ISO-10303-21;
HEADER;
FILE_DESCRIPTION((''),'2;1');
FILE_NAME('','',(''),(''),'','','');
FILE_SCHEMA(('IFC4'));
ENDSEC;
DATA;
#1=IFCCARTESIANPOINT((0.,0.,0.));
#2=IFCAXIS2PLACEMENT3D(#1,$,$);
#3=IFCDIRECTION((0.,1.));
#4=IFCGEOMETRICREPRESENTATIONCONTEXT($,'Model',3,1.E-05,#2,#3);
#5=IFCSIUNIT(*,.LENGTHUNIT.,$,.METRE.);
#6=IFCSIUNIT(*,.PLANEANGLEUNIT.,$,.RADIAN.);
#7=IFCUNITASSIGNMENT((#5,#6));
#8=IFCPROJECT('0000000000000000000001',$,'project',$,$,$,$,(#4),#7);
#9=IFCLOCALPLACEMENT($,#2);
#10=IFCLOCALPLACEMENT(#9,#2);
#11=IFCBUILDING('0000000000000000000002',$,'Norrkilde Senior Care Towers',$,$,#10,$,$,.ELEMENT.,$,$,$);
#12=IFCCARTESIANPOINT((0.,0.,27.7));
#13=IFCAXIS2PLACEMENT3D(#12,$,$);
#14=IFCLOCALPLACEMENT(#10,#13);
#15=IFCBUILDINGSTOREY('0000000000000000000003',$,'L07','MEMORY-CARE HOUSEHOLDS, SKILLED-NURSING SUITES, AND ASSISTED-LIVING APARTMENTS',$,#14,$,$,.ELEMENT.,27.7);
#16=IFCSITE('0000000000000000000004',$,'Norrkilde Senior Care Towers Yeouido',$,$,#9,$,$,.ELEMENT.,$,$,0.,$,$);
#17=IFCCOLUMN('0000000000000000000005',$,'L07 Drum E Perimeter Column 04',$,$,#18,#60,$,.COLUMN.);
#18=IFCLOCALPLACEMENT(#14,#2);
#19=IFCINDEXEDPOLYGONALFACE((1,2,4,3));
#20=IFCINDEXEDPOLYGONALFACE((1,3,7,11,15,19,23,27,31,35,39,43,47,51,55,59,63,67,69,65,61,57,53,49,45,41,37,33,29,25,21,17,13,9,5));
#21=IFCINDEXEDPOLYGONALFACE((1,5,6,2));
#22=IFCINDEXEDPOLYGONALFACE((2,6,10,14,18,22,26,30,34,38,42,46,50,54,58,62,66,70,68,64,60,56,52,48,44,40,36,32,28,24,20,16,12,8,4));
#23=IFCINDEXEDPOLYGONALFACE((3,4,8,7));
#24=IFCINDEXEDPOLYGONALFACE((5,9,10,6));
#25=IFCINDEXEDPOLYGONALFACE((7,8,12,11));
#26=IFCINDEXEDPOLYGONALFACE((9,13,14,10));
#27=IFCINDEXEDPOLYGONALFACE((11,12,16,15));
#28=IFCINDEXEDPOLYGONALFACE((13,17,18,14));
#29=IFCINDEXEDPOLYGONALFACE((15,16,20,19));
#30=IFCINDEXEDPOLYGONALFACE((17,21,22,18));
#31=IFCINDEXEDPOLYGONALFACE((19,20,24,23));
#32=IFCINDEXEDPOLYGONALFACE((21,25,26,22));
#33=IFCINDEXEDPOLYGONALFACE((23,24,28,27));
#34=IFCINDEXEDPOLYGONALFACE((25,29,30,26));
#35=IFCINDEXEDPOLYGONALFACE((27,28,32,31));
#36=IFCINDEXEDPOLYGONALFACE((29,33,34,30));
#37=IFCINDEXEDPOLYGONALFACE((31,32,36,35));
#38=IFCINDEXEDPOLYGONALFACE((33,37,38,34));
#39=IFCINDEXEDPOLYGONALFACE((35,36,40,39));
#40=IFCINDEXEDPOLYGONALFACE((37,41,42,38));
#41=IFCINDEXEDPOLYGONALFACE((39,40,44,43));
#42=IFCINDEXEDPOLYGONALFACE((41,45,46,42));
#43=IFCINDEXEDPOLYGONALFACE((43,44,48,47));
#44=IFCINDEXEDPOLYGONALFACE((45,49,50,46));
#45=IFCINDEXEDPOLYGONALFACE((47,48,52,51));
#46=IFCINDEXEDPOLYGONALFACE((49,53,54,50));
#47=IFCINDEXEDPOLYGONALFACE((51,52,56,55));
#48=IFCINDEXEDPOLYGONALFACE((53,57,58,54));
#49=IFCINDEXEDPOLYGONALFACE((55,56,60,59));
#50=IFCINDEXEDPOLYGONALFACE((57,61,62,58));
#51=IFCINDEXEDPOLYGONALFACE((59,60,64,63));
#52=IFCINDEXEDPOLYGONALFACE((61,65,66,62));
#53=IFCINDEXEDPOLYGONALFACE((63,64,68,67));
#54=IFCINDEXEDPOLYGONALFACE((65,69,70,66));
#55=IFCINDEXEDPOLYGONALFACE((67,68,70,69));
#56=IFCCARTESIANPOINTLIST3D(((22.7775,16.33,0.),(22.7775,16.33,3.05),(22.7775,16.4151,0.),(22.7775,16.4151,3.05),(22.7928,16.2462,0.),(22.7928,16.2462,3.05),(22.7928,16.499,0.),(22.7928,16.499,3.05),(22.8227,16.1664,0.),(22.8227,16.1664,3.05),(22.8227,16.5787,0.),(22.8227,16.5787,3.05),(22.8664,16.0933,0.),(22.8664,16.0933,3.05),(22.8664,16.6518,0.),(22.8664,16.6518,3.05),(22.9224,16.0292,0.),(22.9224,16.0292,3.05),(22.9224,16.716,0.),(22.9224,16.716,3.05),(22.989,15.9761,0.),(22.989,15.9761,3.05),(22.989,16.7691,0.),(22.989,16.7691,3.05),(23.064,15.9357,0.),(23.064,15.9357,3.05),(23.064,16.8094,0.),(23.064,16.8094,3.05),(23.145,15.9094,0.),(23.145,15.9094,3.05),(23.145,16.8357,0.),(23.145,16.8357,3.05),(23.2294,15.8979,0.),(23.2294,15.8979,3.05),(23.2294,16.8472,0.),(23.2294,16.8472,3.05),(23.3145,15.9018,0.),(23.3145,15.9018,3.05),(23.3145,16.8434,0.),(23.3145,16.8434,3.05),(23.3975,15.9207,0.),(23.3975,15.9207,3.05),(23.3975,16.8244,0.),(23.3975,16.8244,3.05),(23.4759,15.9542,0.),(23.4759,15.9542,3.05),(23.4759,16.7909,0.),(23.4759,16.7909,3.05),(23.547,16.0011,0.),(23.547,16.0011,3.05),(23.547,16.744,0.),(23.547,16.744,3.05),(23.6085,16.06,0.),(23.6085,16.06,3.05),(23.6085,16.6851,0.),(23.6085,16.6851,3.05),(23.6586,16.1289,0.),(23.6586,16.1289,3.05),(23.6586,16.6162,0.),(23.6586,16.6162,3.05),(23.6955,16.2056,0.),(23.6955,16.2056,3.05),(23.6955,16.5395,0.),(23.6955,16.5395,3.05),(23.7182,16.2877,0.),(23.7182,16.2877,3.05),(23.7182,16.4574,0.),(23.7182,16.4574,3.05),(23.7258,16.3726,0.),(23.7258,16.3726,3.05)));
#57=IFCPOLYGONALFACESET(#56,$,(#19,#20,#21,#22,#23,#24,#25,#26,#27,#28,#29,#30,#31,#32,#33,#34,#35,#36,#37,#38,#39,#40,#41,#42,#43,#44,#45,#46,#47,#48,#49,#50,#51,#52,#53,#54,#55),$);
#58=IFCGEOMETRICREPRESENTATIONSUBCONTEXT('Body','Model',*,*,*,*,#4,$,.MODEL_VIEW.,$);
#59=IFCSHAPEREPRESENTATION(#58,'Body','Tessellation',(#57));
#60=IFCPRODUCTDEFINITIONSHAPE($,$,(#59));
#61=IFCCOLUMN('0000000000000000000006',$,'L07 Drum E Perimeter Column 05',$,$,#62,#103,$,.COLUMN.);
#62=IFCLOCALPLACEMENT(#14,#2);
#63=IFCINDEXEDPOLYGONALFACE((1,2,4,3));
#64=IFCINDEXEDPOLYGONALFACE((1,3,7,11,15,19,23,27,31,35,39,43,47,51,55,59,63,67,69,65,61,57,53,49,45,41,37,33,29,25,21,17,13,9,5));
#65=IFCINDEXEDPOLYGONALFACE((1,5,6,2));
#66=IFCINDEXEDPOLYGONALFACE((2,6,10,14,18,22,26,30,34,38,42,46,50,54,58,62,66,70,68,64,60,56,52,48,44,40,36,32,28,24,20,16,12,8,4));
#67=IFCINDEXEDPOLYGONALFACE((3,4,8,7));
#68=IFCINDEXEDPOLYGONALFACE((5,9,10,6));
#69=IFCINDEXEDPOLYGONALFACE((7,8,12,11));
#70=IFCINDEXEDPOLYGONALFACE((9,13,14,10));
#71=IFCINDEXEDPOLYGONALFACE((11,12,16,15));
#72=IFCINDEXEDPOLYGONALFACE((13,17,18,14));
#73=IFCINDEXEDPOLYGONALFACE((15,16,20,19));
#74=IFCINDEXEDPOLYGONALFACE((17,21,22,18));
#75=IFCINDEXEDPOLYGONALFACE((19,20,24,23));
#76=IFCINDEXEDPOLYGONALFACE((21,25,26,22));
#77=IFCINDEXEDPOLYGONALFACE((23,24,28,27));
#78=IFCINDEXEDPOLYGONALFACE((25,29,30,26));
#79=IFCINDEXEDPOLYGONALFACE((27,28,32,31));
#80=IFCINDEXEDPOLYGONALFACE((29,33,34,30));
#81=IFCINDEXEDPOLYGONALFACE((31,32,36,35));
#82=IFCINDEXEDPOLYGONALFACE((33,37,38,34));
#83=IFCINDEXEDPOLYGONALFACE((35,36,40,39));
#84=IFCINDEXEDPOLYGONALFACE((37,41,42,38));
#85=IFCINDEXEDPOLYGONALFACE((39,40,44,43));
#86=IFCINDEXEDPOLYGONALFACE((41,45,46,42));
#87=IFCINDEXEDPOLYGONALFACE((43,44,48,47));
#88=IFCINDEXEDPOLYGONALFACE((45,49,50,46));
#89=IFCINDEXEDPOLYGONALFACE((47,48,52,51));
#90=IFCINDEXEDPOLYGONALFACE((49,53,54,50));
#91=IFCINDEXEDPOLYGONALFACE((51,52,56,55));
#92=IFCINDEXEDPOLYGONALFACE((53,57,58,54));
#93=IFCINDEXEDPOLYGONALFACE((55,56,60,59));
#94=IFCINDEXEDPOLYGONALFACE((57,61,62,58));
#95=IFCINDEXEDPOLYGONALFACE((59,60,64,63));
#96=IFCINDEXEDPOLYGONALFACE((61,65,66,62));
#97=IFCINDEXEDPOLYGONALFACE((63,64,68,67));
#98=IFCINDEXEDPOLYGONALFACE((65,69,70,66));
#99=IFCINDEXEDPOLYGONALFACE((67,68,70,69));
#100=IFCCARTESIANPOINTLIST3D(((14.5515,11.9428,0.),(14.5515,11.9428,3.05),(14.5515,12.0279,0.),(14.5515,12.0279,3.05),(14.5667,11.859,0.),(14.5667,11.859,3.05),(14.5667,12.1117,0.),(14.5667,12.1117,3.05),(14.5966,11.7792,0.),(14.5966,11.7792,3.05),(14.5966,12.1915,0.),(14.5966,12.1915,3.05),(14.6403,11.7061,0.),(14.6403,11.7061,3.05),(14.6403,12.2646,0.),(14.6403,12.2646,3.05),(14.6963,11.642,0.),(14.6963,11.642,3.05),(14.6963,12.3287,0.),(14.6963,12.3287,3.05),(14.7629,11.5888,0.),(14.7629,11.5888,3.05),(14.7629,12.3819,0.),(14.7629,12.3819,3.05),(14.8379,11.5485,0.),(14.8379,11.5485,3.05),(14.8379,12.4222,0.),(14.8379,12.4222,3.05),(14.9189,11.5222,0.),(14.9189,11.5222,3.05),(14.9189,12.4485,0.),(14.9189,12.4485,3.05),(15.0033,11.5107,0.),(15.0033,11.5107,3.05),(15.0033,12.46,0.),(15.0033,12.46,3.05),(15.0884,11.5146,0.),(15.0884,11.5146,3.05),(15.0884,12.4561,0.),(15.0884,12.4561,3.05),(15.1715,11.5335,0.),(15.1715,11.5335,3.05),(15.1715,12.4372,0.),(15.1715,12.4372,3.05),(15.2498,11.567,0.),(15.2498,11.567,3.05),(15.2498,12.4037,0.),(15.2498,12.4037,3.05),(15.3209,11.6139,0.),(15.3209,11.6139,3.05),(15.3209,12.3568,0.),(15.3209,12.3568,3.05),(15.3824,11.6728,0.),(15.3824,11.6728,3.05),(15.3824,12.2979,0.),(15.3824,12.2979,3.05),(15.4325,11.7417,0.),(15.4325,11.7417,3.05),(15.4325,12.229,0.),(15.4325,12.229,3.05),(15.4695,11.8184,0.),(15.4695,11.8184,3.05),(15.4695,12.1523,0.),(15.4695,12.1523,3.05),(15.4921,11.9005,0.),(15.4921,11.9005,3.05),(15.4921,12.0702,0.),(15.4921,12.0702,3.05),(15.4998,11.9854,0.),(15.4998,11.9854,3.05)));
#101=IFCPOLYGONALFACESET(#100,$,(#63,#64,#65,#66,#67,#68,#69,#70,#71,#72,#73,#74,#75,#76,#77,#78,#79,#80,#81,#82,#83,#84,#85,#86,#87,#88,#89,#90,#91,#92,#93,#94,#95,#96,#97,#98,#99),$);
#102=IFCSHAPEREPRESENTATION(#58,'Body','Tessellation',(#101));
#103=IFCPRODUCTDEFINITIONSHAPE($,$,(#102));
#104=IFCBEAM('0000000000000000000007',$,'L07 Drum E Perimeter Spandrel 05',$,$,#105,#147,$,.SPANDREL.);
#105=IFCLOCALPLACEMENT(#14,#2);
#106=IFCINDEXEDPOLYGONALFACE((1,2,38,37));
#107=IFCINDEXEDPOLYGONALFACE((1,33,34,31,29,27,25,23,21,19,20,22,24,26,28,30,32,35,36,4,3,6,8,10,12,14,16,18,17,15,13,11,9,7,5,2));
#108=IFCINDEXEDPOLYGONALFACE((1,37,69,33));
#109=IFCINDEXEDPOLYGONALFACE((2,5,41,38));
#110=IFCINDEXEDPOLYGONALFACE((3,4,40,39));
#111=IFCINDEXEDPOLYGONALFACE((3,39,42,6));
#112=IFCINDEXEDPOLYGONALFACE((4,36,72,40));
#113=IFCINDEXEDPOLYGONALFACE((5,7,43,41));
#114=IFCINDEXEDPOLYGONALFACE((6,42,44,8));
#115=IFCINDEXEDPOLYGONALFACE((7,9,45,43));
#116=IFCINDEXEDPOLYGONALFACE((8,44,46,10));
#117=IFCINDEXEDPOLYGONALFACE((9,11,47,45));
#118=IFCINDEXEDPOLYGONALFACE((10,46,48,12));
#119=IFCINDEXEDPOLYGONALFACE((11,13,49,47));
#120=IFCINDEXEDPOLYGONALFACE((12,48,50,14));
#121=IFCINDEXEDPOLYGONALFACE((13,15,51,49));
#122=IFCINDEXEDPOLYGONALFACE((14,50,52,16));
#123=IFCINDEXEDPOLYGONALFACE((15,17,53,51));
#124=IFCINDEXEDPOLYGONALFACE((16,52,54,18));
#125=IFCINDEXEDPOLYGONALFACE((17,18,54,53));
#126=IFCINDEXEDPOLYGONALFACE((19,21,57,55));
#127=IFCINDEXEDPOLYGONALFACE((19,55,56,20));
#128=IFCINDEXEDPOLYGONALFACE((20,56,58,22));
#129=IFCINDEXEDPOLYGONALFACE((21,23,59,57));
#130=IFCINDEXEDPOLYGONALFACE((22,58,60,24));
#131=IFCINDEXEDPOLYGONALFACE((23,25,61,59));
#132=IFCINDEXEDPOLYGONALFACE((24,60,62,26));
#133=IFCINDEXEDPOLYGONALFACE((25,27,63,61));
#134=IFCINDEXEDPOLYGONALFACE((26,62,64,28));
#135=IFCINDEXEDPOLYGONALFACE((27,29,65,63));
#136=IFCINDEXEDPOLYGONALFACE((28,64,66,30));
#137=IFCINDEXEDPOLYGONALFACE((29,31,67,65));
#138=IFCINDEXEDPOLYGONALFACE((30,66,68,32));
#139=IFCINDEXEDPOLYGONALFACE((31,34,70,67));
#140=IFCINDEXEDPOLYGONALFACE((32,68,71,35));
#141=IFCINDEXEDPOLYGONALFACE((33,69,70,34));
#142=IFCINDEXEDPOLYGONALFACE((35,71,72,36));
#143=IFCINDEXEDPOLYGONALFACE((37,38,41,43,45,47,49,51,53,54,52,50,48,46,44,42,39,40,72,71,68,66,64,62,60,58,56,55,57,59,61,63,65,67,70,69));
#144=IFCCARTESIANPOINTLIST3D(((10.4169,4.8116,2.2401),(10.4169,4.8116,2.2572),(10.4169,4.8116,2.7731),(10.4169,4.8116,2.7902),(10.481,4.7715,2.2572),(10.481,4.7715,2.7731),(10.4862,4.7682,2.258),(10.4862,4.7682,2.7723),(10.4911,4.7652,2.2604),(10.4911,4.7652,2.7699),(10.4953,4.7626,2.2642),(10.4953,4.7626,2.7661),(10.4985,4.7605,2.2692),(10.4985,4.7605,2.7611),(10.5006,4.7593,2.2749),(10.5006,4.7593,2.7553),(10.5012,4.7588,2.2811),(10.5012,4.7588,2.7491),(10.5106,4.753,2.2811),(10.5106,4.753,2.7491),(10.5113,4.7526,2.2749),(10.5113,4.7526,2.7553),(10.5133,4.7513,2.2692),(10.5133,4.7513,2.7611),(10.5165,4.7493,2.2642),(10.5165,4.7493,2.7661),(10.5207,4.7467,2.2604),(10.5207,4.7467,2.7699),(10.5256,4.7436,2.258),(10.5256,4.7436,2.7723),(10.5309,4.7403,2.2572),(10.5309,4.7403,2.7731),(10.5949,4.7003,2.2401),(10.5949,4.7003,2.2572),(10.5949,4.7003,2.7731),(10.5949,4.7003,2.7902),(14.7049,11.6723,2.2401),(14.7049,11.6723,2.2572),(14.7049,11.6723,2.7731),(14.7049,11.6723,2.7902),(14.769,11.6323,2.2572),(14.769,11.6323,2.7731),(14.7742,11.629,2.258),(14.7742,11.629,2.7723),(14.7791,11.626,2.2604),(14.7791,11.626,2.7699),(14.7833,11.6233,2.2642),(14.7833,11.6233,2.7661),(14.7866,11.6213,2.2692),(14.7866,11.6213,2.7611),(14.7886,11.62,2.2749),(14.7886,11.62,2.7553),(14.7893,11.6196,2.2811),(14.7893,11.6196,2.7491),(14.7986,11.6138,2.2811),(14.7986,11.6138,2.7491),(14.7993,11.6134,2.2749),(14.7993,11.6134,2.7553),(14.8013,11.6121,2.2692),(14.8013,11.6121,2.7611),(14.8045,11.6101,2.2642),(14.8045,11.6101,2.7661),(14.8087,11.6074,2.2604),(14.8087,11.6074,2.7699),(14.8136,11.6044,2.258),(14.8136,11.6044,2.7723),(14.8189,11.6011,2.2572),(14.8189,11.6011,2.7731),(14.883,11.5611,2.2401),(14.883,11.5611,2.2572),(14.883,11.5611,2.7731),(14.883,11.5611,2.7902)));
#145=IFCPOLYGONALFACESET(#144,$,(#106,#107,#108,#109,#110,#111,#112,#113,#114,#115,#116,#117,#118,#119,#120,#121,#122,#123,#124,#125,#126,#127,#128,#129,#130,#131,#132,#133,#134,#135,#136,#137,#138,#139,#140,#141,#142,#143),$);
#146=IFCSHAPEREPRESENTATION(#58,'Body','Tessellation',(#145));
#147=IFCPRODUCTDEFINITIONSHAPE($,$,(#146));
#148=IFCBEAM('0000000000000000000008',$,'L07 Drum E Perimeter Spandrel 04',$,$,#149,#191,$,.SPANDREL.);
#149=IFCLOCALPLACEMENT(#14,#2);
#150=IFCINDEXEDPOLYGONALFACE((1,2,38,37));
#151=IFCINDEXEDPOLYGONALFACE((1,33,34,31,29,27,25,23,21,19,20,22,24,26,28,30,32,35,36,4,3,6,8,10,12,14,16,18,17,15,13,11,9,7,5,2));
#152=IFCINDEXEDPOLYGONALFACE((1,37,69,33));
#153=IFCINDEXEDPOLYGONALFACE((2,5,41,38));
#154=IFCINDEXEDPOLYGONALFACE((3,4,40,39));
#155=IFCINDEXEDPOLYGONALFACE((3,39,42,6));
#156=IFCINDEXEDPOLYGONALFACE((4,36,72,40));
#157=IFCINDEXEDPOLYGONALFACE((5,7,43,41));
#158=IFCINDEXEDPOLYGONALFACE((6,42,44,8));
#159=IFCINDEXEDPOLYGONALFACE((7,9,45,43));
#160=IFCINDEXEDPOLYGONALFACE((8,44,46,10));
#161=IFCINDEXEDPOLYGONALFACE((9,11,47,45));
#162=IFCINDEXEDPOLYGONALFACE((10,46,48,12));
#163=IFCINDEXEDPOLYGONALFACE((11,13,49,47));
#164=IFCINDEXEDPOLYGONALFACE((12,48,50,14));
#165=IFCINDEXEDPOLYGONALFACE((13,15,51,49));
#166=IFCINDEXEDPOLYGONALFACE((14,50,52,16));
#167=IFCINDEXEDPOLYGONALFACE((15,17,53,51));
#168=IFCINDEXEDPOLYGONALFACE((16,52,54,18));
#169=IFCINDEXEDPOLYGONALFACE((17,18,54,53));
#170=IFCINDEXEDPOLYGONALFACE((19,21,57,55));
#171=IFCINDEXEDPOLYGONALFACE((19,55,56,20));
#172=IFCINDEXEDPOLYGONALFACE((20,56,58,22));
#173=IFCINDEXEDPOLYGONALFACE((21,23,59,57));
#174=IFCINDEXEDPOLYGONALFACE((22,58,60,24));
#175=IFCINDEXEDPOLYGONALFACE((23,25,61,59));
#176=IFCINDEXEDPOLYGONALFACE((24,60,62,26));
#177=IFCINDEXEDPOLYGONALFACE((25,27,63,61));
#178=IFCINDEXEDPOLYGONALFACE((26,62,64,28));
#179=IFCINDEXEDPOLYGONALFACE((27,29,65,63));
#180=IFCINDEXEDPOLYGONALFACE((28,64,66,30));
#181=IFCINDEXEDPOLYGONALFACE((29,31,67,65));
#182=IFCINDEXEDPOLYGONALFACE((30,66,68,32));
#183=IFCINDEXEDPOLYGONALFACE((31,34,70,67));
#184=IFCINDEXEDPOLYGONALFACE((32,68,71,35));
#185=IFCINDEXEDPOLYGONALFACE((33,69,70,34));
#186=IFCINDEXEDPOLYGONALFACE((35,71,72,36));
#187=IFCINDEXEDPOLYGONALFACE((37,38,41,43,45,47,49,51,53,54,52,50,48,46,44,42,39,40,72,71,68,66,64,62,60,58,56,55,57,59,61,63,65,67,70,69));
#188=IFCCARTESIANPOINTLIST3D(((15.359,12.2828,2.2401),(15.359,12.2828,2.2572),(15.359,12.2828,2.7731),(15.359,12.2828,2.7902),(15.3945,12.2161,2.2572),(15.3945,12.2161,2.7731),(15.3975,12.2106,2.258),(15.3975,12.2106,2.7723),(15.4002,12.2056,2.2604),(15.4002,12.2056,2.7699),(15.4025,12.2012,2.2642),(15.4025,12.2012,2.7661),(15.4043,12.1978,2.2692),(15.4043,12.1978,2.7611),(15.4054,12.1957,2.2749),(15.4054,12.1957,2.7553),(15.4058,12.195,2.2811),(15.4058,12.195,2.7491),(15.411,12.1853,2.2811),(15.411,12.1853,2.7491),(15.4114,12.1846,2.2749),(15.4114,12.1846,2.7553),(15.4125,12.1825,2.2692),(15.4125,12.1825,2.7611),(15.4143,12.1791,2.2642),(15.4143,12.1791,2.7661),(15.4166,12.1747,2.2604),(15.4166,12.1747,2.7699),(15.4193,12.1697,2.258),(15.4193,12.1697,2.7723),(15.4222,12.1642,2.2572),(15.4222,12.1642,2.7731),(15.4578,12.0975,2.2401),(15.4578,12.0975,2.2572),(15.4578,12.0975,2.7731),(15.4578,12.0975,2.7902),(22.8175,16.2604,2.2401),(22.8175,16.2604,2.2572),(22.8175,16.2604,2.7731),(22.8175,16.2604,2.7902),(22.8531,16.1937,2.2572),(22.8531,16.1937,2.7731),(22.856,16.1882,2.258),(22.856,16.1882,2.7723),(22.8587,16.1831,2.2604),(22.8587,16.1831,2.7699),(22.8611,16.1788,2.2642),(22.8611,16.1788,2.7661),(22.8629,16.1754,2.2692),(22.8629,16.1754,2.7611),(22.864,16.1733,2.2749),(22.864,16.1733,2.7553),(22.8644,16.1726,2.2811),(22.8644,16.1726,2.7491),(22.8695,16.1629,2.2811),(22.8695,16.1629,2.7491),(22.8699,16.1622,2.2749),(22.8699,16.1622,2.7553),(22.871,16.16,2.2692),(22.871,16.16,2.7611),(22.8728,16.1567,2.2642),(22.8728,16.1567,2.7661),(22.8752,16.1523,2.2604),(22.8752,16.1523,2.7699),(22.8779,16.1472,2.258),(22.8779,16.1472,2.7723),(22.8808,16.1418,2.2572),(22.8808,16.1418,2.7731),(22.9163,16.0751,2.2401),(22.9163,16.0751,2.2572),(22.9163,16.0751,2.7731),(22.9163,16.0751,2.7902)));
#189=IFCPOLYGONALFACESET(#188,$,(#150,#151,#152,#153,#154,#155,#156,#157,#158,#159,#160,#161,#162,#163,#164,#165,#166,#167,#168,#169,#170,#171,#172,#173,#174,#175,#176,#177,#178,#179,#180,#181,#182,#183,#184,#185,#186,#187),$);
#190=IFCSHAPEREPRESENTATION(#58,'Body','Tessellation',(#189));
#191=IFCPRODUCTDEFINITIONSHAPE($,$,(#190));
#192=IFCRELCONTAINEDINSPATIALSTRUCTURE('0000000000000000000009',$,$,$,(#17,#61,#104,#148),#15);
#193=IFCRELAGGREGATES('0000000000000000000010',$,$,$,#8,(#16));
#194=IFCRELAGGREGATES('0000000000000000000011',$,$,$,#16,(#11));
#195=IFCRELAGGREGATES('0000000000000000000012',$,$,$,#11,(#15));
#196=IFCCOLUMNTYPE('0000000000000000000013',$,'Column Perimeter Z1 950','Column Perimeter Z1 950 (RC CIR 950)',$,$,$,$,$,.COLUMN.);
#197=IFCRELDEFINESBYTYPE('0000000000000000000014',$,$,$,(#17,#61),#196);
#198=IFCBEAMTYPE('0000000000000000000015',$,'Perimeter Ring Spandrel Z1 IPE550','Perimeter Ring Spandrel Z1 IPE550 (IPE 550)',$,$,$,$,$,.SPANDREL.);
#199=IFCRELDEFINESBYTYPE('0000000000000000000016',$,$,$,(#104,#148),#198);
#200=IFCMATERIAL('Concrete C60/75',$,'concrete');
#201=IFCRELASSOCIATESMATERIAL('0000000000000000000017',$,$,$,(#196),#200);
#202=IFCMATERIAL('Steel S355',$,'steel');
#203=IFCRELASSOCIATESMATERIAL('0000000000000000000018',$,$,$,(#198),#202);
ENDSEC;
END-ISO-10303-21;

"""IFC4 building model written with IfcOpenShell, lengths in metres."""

from ifc_helpers import new_model, si_unit, direction, frame, origin, origin_2d, place, context, subcontext, project, spatial, circle, i_section, extrude, source, transform, mapped, material, material_profile, profile_set, type_object, type_shapes, element, save


model = new_model("IFC4")

# Units and contexts
model_context = context("Model", 3, precision=1e-05, world=origin(), true_north=direction((0.0, 1.0)))
body_context = subcontext(model_context, "Body", "Model", "MODEL_VIEW")
ifc_project = project(units=[si_unit("LENGTHUNIT", "METRE"), si_unit("PLANEANGLEUNIT", "RADIAN")], contexts=[model_context])

# Site, building, storey
site_placement = place(None, origin())
site = spatial("IfcSite", under=ifc_project, at=site_placement, Name="Norrkilde Senior Care Towers Yeouido", CompositionType="ELEMENT", RefElevation=0.0)
building_placement = place(site_placement, origin())
building = spatial("IfcBuilding", under=site, at=building_placement, Name="Norrkilde Senior Care Towers", CompositionType="ELEMENT")
storey_placement = place(building_placement, frame((0.0, 0.0, 27.7)))
storey = spatial("IfcBuildingStorey", under=building, at=storey_placement, Name="L07", Description="MEMORY-CARE HOUSEHOLDS, SKILLED-NURSING SUITES, AND ASSISTED-LIVING APARTMENTS", CompositionType="ELEMENT", Elevation=27.7)

# Columns
ifc_material_1 = material(Name="Concrete C60/75", Category="concrete")
ifc_material_profile_1 = material_profile(ifc_material_1, circle(Radius=0.4751, at=origin_2d()), Name="RC CIR 950")
ifc_profile_set_1 = profile_set([ifc_material_profile_1], Name="Concrete C60/75")
column_type = type_object("IfcColumnType", Name="Column Perimeter Z1 950", Description="Column Perimeter Z1 950 (RC CIR 950)", PredefinedType="COLUMN", material=ifc_profile_set_1)
shared_shape_1 = source(origin(), body_context, "Body", "SweptSolid", [
    extrude(circle(Radius=0.4751, at=origin_2d()), origin(), (0.0, 0.0, 1.0), 3.05),
])
type_shapes(column_type, [shared_shape_1])
for number, where, z_axis, x_axis, name in (
    (1, (23.2507, 16.3726, 0.0), (0.0, 0.0, 1.0), (1.0, 0.0, 0.0), "L07 Drum E Perimeter Column 04"),
    (2, (15.0247, 11.9854, 0.0), (0.0, 0.0, 1.0), (1.0, 0.0, 0.0), "L07 Drum E Perimeter Column 05"),
):
    element("IfcColumn", number, at=place(storey_placement, frame(where, z_axis=z_axis, x_axis=x_axis)), inside=storey, type_object=column_type, Name=name, PredefinedType="COLUMN", context=body_context, shape_type="MappedRepresentation", body=[
        mapped(shared_shape_1, transform((0.0, 0.0, 0.0), x_axis=(1.0, 0.0, 0.0), y_axis=(0.0, 1.0, 0.0), z_axis=(0.0, 0.0, 1.0), scale=1.0)),
    ])

# Beams
ifc_material_2 = material(Name="Steel S355", Category="steel")
ifc_material_profile_2 = material_profile(ifc_material_2, i_section(OverallWidth=0.21, OverallDepth=0.55, WebThickness=0.011, FlangeThickness=0.0171, FilletRadius=0.0239, at=origin_2d()), Name="IPE 550")
ifc_profile_set_2 = profile_set([ifc_material_profile_2], Name="Steel S355")
beam_type_1 = type_object("IfcBeamType", Name="Perimeter Ring Spandrel Z1 IPE550", Description="Perimeter Ring Spandrel Z1 IPE550 (IPE 550)", PredefinedType="SPANDREL", material=ifc_profile_set_2)
shared_shape_2 = source(origin(), body_context, "Body", "SweptSolid", [
    extrude(i_section(OverallWidth=0.21, OverallDepth=0.55, WebThickness=0.011, FlangeThickness=0.0171, FilletRadius=0.0239, at=origin_2d()), origin(), (0.0, 0.0, 1.0), 8.0906),
])
beam_1_placement = place(storey_placement, frame((14.7939, 11.6167, 2.5151), z_axis=(-0.530004, -0.847995, 0.0), x_axis=(0.847995, -0.530004, 0.0)))
element("IfcBeam", 3, at=beam_1_placement, inside=storey, type_object=beam_type_1, Name="L07 Drum E Perimeter Spandrel 05", PredefinedType="SPANDREL", context=body_context, shape_type="MappedRepresentation", body=[
    mapped(shared_shape_2, transform((0.0, 0.0, 0.0), x_axis=(1.0, 0.0, 0.0), y_axis=(0.0, 1.0, 0.0), z_axis=(0.0, 0.0, 1.0), scale=1.0)),
])
shared_shape_3 = source(origin(), body_context, "Body", "SweptSolid", [
    extrude(i_section(OverallWidth=0.21, OverallDepth=0.55, WebThickness=0.011, FlangeThickness=0.0171, FilletRadius=0.0239, at=origin_2d()), origin(), (0.0, 0.0, 1.0), 8.4529),
])
type_shapes(beam_type_1, [shared_shape_2, shared_shape_3])
beam_2_placement = place(storey_placement, frame((22.8669, 16.1677, 2.5151), z_axis=(-0.882369, -0.470558, 0.0), x_axis=(0.470558, -0.882369, 0.0)))
element("IfcBeam", 4, at=beam_2_placement, inside=storey, type_object=beam_type_1, Name="L07 Drum E Perimeter Spandrel 04", PredefinedType="SPANDREL", context=body_context, shape_type="MappedRepresentation", body=[
    mapped(shared_shape_3, transform((0.0, 0.0, 0.0), x_axis=(1.0, 0.0, 0.0), y_axis=(0.0, 1.0, 0.0), z_axis=(0.0, 0.0, 1.0), scale=1.0)),
])

save(model, "model.ifc")
